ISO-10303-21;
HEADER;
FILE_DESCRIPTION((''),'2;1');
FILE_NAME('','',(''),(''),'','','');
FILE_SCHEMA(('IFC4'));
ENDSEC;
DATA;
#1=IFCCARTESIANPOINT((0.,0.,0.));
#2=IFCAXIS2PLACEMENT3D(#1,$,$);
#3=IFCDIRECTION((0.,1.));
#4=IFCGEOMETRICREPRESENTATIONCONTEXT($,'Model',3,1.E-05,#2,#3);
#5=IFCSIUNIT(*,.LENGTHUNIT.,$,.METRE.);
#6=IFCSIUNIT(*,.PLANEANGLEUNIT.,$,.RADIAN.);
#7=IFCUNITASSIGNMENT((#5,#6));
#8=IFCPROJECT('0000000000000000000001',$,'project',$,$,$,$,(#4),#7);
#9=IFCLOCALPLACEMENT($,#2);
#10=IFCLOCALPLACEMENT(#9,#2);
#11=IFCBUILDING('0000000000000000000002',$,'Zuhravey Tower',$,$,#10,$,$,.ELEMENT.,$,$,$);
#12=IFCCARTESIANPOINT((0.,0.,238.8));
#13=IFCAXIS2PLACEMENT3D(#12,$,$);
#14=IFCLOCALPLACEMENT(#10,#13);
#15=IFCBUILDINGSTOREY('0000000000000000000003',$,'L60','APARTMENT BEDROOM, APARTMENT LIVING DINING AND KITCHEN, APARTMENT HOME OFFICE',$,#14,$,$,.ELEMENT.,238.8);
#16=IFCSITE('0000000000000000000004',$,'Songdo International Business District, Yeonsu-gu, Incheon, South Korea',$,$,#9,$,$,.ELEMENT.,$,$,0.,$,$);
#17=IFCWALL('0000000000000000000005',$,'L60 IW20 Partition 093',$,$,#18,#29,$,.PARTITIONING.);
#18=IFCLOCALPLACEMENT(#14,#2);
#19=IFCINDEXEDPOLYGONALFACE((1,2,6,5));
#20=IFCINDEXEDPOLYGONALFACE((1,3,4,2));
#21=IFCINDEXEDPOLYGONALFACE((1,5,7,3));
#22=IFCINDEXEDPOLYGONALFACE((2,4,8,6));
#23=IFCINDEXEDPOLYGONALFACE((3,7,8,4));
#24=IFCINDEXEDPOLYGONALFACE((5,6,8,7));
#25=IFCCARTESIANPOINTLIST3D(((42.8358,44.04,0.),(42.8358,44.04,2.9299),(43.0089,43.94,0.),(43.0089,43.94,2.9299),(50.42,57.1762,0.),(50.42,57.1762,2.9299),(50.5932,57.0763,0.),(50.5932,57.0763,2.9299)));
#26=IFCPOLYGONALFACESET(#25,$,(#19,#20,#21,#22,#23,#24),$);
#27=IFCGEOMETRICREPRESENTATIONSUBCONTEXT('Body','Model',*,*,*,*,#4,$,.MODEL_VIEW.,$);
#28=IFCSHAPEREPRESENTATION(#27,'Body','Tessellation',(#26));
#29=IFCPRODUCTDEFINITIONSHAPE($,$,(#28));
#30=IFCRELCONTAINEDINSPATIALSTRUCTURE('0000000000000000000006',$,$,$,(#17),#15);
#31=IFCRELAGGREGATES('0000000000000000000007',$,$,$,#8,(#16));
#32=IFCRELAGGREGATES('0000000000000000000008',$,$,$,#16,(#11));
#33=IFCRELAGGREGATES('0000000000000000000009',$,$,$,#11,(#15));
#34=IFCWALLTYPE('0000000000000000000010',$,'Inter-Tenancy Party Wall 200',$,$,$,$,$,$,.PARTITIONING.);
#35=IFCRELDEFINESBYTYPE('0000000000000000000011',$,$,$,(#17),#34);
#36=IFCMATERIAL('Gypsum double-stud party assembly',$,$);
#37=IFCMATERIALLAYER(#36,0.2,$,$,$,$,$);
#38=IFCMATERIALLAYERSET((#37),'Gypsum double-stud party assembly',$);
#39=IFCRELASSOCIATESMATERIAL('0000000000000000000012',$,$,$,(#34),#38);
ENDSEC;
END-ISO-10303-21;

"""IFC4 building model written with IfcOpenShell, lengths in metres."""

from ifc_helpers import new_model, si_unit, direction, frame, frame_2d, origin, place, context, subcontext, project, spatial, rectangle, extrude, material, layer, layer_set, type_object, element, save


model = new_model("IFC4")

# Units and contexts
model_context = context("Model", 3, precision=1e-05, world=origin(), true_north=direction((0.0, 1.0)))
body_context = subcontext(model_context, "Body", "Model", "MODEL_VIEW")
ifc_project = project(units=[si_unit("LENGTHUNIT", "METRE"), si_unit("PLANEANGLEUNIT", "RADIAN")], contexts=[model_context])

# Site, building, storey
site_placement = place(None, origin())
site = spatial("IfcSite", under=ifc_project, at=site_placement, Name="Songdo International Business District, Yeonsu-gu, Incheon, South Korea", CompositionType="ELEMENT", RefElevation=0.0)
building_placement = place(site_placement, origin())
building = spatial("IfcBuilding", under=site, at=building_placement, Name="Zuhravey Tower", CompositionType="ELEMENT")
storey_placement = place(building_placement, frame((0.0, 0.0, 238.8)))
storey = spatial("IfcBuildingStorey", under=building, at=storey_placement, Name="L60", Description="APARTMENT BEDROOM, APARTMENT LIVING DINING AND KITCHEN, APARTMENT HOME OFFICE", CompositionType="ELEMENT", Elevation=238.8)

# Wall
ifc_material_1 = material(Name="Gypsum double-stud party assembly")
ifc_layer_1 = layer(ifc_material_1, 0.2)
ifc_layer_set_1 = layer_set([ifc_layer_1], Name="Gypsum double-stud party assembly")
wall_type_1 = type_object("IfcWallType", Name="Inter-Tenancy Party Wall 200", PredefinedType="PARTITIONING", material=ifc_layer_set_1)
wall_1_placement = place(storey_placement, frame((42.9224, 43.99, 0.0), z_axis=(0.0, 0.0, 1.0), x_axis=(0.500001, 0.866025, 0.0)))
element("IfcWall", 1, at=wall_1_placement, inside=storey, type_object=wall_type_1, Name="L60 IW20 Partition 093", PredefinedType="PARTITIONING", context=body_context, shape_type="SweptSolid", body=[
    extrude(rectangle(XDim=15.1685, YDim=0.2, at=frame_2d((7.5842, 0.0))), origin(), (0.0, 0.0, 1.0), 2.9299),
])

save(model, "model.ifc")
